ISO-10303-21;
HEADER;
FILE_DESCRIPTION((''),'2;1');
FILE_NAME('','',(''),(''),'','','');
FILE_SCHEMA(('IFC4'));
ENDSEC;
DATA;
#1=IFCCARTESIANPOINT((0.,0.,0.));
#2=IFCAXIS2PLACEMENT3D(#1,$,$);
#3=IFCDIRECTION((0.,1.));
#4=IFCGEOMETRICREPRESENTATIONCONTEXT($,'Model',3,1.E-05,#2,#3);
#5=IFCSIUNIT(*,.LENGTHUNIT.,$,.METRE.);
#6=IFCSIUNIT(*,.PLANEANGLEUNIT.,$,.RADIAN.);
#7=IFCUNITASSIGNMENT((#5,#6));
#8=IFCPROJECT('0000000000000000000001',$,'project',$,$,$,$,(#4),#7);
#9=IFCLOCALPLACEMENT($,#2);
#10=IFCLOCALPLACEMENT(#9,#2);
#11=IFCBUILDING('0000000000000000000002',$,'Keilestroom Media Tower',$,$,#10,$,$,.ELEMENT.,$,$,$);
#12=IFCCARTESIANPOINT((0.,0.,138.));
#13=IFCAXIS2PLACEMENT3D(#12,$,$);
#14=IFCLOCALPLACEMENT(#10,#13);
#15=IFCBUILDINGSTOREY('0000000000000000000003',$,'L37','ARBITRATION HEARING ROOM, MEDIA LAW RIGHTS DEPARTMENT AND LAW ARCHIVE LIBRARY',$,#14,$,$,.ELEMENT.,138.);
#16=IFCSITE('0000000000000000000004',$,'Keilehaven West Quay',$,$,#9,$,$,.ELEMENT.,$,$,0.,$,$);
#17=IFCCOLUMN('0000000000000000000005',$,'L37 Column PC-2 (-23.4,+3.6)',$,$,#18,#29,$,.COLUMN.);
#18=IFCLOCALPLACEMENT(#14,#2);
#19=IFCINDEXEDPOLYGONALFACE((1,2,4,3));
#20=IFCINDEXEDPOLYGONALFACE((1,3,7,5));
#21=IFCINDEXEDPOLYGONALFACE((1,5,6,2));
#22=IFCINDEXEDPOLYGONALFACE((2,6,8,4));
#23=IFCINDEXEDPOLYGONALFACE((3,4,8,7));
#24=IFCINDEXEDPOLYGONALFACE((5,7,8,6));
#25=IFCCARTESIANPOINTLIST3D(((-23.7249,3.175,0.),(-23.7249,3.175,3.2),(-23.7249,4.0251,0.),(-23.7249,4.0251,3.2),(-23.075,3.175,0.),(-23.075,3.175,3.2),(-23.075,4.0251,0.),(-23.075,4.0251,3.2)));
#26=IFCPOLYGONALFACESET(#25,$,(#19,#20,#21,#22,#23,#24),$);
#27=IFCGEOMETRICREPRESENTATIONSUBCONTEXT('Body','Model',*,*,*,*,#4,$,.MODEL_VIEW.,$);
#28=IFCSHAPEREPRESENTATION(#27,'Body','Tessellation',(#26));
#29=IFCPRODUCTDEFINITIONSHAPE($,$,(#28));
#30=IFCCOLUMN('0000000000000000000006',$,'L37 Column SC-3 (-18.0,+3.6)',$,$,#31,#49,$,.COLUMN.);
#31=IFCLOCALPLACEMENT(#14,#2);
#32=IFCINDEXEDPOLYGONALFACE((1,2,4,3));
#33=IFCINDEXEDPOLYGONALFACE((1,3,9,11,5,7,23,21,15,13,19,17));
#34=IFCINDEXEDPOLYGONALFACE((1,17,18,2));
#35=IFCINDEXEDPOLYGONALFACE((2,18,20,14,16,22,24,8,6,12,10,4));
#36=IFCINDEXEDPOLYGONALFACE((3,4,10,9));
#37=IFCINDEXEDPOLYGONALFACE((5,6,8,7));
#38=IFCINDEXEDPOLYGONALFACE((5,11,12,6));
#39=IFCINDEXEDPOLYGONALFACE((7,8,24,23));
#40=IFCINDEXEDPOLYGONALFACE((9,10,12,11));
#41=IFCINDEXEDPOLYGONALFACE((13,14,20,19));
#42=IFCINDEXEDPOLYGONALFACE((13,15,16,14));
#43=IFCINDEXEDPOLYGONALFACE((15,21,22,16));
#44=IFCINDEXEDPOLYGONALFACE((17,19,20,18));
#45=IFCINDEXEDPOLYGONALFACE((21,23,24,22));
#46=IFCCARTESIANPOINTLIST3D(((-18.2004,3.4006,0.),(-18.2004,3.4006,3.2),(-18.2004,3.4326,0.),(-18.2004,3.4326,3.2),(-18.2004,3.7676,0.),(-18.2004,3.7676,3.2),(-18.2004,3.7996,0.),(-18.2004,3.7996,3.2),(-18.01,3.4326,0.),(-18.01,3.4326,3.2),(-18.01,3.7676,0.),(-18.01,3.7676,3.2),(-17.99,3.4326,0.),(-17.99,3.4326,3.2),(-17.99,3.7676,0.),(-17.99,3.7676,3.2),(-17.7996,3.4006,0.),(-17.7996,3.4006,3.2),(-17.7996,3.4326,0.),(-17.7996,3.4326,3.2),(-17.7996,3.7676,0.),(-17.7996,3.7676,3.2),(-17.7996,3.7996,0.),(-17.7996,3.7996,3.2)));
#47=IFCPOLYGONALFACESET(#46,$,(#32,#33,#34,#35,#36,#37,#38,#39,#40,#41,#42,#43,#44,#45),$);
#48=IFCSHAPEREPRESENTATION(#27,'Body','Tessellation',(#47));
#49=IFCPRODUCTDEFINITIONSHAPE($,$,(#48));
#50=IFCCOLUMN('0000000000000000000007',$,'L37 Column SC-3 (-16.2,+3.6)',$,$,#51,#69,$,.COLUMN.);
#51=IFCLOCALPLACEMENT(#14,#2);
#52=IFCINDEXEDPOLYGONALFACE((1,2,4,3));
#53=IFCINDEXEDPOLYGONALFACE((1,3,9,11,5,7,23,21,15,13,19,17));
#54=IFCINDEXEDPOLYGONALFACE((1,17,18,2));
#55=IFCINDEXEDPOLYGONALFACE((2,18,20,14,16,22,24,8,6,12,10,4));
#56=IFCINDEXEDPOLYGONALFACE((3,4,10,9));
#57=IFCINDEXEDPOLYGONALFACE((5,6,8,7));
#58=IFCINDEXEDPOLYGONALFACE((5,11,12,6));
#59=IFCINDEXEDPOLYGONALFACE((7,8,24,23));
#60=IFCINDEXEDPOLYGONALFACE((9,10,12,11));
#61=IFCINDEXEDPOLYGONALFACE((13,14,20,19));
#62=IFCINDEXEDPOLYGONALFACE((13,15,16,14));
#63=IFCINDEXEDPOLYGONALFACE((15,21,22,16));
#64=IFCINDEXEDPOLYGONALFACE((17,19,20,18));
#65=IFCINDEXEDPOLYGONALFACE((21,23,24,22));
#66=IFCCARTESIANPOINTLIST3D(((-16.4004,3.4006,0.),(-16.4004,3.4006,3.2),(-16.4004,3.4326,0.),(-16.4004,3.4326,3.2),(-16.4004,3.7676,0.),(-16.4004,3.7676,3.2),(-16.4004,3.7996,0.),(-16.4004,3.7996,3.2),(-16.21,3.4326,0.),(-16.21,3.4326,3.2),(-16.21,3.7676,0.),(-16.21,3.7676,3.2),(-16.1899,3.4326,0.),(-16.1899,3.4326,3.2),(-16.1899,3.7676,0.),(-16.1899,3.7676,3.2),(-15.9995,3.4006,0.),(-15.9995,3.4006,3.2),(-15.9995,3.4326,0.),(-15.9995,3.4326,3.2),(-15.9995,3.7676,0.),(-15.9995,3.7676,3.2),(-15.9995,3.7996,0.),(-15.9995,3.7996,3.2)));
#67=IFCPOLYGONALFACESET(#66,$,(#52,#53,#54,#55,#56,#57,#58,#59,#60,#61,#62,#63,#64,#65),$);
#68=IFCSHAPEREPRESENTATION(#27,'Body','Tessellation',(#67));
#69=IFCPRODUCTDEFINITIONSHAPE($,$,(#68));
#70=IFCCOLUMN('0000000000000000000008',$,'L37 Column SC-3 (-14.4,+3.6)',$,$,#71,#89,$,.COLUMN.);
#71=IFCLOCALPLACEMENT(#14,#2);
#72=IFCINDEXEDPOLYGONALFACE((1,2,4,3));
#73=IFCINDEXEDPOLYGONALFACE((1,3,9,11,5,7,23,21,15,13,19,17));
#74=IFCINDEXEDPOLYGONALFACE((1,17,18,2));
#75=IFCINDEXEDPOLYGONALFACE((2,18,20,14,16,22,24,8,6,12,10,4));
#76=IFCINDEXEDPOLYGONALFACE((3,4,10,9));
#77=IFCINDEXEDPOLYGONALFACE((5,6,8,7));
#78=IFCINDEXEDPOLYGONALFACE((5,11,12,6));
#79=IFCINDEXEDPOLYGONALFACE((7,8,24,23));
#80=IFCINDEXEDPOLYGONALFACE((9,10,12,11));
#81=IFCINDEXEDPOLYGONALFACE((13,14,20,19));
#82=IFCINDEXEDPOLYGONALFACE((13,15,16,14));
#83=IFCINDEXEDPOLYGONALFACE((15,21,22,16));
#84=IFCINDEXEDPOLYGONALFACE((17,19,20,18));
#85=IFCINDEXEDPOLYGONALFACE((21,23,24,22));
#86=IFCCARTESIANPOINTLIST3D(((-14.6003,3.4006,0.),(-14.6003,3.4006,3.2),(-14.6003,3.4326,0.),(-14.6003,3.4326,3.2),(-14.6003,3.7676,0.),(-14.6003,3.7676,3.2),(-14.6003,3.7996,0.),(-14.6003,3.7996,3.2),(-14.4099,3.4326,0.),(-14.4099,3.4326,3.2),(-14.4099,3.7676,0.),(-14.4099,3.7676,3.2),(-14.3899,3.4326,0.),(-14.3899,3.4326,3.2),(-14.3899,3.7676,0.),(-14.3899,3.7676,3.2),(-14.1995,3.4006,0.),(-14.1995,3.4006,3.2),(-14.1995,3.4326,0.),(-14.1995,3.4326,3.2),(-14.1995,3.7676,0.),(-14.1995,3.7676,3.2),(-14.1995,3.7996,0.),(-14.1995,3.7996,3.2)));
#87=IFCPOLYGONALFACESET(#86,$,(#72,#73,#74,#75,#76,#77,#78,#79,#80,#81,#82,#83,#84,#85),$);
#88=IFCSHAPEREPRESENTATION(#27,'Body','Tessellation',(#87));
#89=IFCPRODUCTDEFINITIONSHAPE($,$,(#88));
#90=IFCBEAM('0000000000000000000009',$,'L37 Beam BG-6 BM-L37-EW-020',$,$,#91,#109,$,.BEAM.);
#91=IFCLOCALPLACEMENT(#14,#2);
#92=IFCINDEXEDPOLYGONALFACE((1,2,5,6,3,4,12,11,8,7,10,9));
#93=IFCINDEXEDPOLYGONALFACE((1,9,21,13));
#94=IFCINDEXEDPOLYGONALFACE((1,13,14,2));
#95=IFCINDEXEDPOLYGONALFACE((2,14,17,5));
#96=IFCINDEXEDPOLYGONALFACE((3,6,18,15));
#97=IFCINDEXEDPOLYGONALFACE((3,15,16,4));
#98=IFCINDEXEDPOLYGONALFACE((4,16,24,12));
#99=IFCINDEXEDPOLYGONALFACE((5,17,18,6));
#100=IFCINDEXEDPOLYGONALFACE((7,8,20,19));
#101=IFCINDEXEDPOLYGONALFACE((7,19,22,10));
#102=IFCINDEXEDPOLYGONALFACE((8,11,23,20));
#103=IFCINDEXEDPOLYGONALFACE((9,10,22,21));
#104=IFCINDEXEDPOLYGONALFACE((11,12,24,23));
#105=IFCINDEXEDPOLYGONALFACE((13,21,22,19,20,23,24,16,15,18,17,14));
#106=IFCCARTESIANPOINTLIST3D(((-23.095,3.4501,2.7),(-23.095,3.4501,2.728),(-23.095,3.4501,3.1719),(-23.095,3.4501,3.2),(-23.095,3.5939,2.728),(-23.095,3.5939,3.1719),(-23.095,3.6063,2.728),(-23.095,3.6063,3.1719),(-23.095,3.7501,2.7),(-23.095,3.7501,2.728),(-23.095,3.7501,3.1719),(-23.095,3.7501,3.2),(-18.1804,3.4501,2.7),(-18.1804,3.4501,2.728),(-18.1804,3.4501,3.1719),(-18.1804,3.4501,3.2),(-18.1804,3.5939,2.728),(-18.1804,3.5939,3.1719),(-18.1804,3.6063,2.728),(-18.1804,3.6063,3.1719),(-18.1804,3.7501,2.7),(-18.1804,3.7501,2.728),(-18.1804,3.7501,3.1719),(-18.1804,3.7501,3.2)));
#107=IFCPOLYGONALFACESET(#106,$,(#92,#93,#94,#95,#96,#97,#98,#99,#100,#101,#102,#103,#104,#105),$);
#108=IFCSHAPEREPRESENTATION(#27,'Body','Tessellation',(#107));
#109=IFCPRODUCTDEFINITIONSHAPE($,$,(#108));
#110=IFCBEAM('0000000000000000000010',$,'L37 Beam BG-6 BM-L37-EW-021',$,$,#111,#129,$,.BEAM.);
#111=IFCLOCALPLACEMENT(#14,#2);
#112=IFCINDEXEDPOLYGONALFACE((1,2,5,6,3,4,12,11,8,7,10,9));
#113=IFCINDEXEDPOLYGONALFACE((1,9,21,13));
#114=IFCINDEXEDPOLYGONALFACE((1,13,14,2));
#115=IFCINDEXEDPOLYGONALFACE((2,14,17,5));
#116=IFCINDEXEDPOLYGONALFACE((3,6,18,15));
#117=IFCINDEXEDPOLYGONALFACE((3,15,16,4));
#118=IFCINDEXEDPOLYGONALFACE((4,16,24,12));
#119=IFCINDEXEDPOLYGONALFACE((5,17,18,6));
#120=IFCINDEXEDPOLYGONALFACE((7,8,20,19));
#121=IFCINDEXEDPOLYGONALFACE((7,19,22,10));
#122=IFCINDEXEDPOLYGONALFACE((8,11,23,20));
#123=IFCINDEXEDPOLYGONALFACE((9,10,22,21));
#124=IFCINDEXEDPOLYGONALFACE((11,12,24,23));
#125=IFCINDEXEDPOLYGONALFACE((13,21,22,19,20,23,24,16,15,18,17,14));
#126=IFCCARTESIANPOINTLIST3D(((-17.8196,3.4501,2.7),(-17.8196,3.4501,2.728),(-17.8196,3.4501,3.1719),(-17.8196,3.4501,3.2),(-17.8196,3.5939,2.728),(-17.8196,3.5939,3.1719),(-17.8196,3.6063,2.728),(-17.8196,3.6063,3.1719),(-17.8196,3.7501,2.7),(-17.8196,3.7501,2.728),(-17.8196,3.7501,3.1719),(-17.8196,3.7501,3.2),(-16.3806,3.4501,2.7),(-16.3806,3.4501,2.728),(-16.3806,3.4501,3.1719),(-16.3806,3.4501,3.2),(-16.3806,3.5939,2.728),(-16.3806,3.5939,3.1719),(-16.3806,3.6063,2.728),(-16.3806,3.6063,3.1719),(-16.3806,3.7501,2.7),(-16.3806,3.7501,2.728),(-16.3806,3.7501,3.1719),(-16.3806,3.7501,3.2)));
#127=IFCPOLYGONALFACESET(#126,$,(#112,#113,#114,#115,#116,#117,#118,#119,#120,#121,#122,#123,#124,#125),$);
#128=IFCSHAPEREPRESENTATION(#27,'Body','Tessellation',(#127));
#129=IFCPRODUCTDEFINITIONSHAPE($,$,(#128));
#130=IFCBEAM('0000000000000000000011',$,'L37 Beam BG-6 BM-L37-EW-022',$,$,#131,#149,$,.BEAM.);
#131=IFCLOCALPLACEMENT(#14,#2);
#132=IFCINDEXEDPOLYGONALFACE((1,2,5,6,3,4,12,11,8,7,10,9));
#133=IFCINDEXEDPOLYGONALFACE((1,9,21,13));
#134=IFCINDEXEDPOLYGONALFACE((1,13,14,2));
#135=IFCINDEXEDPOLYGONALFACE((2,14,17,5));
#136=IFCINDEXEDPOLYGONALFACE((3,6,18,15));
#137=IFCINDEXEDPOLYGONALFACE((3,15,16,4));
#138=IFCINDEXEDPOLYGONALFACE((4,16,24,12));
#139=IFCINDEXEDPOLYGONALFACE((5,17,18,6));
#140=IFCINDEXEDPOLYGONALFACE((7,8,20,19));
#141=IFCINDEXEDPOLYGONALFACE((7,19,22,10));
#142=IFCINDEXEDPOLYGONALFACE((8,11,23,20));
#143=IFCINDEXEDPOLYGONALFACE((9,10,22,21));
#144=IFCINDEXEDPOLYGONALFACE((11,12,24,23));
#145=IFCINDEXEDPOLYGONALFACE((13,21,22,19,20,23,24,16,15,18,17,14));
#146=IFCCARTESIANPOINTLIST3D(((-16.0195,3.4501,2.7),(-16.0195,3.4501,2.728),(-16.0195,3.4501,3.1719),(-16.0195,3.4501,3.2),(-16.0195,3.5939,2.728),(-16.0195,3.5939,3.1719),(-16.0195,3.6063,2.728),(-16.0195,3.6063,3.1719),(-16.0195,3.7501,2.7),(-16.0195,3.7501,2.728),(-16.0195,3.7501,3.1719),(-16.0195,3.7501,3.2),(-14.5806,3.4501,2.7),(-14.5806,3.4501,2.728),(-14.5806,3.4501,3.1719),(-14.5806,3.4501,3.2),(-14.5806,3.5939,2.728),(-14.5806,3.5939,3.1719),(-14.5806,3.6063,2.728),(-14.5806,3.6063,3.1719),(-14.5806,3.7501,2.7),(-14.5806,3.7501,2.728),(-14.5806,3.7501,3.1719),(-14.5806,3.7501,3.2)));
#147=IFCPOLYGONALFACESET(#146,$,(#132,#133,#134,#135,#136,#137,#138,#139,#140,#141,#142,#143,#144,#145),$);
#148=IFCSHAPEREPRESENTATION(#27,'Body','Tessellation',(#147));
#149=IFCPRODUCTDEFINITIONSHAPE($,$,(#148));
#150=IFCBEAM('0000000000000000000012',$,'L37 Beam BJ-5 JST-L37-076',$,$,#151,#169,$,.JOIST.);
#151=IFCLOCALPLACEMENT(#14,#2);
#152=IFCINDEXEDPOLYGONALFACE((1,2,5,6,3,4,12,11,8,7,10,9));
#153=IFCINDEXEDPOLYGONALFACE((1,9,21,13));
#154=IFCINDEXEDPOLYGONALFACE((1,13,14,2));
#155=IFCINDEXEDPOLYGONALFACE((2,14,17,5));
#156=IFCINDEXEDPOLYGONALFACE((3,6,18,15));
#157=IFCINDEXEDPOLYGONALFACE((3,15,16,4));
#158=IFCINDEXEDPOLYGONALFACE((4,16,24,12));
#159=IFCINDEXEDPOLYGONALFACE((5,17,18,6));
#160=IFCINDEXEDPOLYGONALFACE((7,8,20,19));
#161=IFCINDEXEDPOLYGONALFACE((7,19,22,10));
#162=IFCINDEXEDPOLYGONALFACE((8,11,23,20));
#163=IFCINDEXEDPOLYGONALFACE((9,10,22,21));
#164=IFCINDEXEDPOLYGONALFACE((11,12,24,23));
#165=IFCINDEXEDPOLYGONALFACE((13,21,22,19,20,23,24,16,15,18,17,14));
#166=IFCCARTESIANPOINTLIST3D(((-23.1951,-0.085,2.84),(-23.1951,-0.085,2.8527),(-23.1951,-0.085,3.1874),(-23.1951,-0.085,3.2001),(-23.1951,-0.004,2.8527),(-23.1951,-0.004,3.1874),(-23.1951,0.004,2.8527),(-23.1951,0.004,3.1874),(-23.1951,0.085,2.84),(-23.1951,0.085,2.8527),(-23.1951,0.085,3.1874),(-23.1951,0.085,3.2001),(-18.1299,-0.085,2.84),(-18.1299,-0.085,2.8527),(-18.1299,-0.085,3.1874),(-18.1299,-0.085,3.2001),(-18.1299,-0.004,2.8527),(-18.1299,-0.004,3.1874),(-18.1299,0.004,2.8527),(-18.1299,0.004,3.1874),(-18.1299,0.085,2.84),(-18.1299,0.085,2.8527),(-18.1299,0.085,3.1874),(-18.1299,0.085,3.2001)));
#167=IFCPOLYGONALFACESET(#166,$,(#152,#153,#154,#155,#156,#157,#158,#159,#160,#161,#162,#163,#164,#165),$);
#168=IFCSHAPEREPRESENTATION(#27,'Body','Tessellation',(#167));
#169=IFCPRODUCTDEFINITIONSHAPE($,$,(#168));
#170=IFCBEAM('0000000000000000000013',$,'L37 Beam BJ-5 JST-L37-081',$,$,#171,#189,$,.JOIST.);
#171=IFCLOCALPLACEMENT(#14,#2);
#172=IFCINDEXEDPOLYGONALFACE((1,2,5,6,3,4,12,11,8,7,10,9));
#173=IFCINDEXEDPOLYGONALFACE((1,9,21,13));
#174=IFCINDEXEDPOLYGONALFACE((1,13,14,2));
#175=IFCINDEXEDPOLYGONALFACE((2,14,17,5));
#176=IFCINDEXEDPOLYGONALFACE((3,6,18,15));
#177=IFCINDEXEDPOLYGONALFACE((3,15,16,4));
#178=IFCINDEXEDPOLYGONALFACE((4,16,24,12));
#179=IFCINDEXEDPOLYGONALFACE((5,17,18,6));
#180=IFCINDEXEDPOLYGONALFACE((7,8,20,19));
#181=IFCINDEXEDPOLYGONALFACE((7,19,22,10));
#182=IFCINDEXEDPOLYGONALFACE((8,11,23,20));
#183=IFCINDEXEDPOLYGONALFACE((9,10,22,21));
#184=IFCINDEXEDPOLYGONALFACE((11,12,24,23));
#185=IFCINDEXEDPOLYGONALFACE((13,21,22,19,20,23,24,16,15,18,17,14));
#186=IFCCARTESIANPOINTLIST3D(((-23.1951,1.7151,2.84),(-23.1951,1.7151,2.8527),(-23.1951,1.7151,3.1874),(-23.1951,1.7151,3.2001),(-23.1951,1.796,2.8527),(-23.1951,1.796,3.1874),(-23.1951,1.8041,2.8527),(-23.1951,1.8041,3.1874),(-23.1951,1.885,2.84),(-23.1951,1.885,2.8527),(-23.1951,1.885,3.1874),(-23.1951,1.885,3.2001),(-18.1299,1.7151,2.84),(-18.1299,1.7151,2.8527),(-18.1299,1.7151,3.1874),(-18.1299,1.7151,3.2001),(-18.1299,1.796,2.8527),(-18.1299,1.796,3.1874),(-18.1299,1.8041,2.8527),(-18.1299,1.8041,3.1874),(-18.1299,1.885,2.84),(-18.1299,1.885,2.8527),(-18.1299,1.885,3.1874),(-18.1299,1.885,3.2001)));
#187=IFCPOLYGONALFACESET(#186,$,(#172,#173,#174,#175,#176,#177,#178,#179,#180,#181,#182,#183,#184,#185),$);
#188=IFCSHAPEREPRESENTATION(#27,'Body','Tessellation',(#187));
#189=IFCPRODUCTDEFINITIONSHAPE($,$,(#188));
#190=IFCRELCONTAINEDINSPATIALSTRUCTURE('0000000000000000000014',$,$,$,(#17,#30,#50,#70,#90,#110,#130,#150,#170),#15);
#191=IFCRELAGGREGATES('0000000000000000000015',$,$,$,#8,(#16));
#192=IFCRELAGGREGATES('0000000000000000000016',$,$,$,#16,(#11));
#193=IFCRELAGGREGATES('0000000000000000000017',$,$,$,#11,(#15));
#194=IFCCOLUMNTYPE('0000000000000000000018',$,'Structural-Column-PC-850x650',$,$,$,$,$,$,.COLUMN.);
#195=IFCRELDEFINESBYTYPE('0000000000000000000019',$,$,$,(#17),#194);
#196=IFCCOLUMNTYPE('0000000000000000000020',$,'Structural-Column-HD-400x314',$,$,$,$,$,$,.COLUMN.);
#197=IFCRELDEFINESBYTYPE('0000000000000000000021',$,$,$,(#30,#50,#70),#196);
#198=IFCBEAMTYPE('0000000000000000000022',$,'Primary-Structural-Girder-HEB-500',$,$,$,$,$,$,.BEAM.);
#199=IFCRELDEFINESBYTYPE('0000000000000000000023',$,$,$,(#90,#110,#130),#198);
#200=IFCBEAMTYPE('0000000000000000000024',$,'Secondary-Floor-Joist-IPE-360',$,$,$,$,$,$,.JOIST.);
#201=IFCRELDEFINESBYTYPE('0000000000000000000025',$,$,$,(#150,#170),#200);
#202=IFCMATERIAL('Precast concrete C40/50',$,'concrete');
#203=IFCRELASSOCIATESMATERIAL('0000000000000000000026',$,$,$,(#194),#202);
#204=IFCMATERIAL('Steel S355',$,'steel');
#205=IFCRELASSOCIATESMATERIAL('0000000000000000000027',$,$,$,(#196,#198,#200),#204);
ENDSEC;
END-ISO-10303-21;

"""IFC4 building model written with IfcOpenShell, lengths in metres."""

from ifc_helpers import new_model, si_unit, direction, frame, origin, origin_2d, place, context, subcontext, project, spatial, rectangle, i_section, extrude, source, transform, mapped, material, material_profile, profile_set, type_object, element, save


model = new_model("IFC4")

# Units and contexts
model_context = context("Model", 3, precision=1e-05, world=origin(), true_north=direction((0.0, 1.0)))
body_context = subcontext(model_context, "Body", "Model", "MODEL_VIEW")
ifc_project = project(units=[si_unit("LENGTHUNIT", "METRE"), si_unit("PLANEANGLEUNIT", "RADIAN")], contexts=[model_context])

# Site, building, storey
site_placement = place(None, origin())
site = spatial("IfcSite", under=ifc_project, at=site_placement, Name="Keilehaven West Quay", CompositionType="ELEMENT", RefElevation=0.0)
building_placement = place(site_placement, origin())
building = spatial("IfcBuilding", under=site, at=building_placement, Name="Keilestroom Media Tower", CompositionType="ELEMENT")
storey_placement = place(building_placement, frame((0.0, 0.0, 138.0)))
storey = spatial("IfcBuildingStorey", under=building, at=storey_placement, Name="L37", Description="ARBITRATION HEARING ROOM, MEDIA LAW RIGHTS DEPARTMENT AND LAW ARCHIVE LIBRARY", CompositionType="ELEMENT", Elevation=138.0)

# Columns
ifc_material_1 = material(Name="Precast concrete C40/50", Category="concrete")
ifc_material_profile_1 = material_profile(ifc_material_1, rectangle(XDim=0.6499, YDim=0.8501, at=origin_2d()), Name="PC 850x650")
ifc_profile_set_1 = profile_set([ifc_material_profile_1], Name="Precast concrete C40/50")
column_type_1 = type_object("IfcColumnType", Name="Structural-Column-PC-850x650", PredefinedType="COLUMN", material=ifc_profile_set_1)
shared_shape_1 = source(origin(), body_context, "Body", "SweptSolid", [
    extrude(rectangle(XDim=0.6499, YDim=0.8501, at=origin_2d()), origin(), (0.0, 0.0, 1.0), 3.2),
])
column_placement = place(storey_placement, frame((-23.3999, 3.6001, 0.0), z_axis=(0.0, 0.0, 1.0), x_axis=(1.0, 0.0, 0.0)))
element("IfcColumn", 1, at=column_placement, inside=storey, type_object=column_type_1, Name="L37 Column PC-2 (-23.4,+3.6)", PredefinedType="COLUMN", context=body_context, shape_type="MappedRepresentation", body=[
    mapped(shared_shape_1, transform((0.0, 0.0, 0.0), x_axis=(1.0, 0.0, 0.0), y_axis=(0.0, 1.0, 0.0), z_axis=(0.0, 0.0, 1.0), scale=1.0)),
])
ifc_material_2 = material(Name="Steel S355", Category="steel")
ifc_material_profile_2 = material_profile(ifc_material_2, i_section(OverallWidth=0.4009, OverallDepth=0.3989, WebThickness=0.02, FlangeThickness=0.032, at=origin_2d()), Name="HD 400x314")
ifc_profile_set_2 = profile_set([ifc_material_profile_2], Name="Steel S355")
column_type_2 = type_object("IfcColumnType", Name="Structural-Column-HD-400x314", PredefinedType="COLUMN", material=ifc_profile_set_2)
shared_shape_2 = source(origin(), body_context, "Body", "SweptSolid", [
    extrude(i_section(OverallWidth=0.4009, OverallDepth=0.3989, WebThickness=0.02, FlangeThickness=0.032, at=origin_2d()), origin(), (0.0, 0.0, 1.0), 3.2),
])
for number, where, z_axis, x_axis, name in (
    (2, (-18.0, 3.6001, 0.0), (0.0, 0.0, 1.0), (1.0, 0.0, 0.0), "L37 Column SC-3 (-18.0,+3.6)"),
    (3, (-16.2, 3.6001, 0.0), (0.0, 0.0, 1.0), (1.0, 0.0, 0.0), "L37 Column SC-3 (-16.2,+3.6)"),
    (4, (-14.3999, 3.6001, 0.0), (0.0, 0.0, 1.0), (1.0, 0.0, 0.0), "L37 Column SC-3 (-14.4,+3.6)"),
):
    element("IfcColumn", number, at=place(storey_placement, frame(where, z_axis=z_axis, x_axis=x_axis)), inside=storey, type_object=column_type_2, Name=name, PredefinedType="COLUMN", context=body_context, shape_type="MappedRepresentation", body=[
        mapped(shared_shape_2, transform((0.0, 0.0, 0.0), x_axis=(1.0, 0.0, 0.0), y_axis=(0.0, 1.0, 0.0), z_axis=(0.0, 0.0, 1.0), scale=1.0)),
    ])

# Beams
ifc_material_profile_3 = material_profile(ifc_material_2, i_section(OverallWidth=0.3, OverallDepth=0.5, WebThickness=0.0125, FlangeThickness=0.0281, at=origin_2d()), Name="HEB 500")
ifc_profile_set_3 = profile_set([ifc_material_profile_3], Name="Steel S355")
beam_type_1 = type_object("IfcBeamType", Name="Primary-Structural-Girder-HEB-500", PredefinedType="BEAM", material=ifc_profile_set_3)
shared_shape_3 = source(origin(), body_context, "Body", "SweptSolid", [
    extrude(i_section(OverallWidth=0.3, OverallDepth=0.5, WebThickness=0.0125, FlangeThickness=0.0281, at=origin_2d()), origin(), (0.0, 0.0, 1.0), 4.9146),
])
beam_1_placement = place(storey_placement, frame((-23.095, 3.6001, 2.95), z_axis=(1.0, 0.0, 0.0), x_axis=(0.0, 1.0, 0.0)))
element("IfcBeam", 5, at=beam_1_placement, inside=storey, type_object=beam_type_1, Name="L37 Beam BG-6 BM-L37-EW-020", PredefinedType="BEAM", context=body_context, shape_type="MappedRepresentation", body=[
    mapped(shared_shape_3, transform((0.0, 0.0, 0.0), x_axis=(1.0, 0.0, 0.0), y_axis=(0.0, 1.0, 0.0), z_axis=(0.0, 0.0, 1.0), scale=1.0)),
])
shared_shape_4 = source(origin(), body_context, "Body", "SweptSolid", [
    extrude(i_section(OverallWidth=0.3, OverallDepth=0.5, WebThickness=0.0125, FlangeThickness=0.0281, at=origin_2d()), origin(), (0.0, 0.0, 1.0), 1.439),
])
for number, where, z_axis, x_axis, name in (
    (6, (-17.8196, 3.6001, 2.95), (1.0, 0.0, 0.0), (0.0, 1.0, 0.0), "L37 Beam BG-6 BM-L37-EW-021"),
    (7, (-16.0195, 3.6001, 2.95), (1.0, 0.0, 0.0), (0.0, 1.0, 0.0), "L37 Beam BG-6 BM-L37-EW-022"),
):
    element("IfcBeam", number, at=place(storey_placement, frame(where, z_axis=z_axis, x_axis=x_axis)), inside=storey, type_object=beam_type_1, Name=name, PredefinedType="BEAM", context=body_context, shape_type="MappedRepresentation", body=[
        mapped(shared_shape_4, transform((0.0, 0.0, 0.0), x_axis=(1.0, 0.0, 0.0), y_axis=(0.0, 1.0, 0.0), z_axis=(0.0, 0.0, 1.0), scale=1.0)),
    ])
ifc_material_profile_4 = material_profile(ifc_material_2, i_section(OverallWidth=0.1699, OverallDepth=0.3601, WebThickness=0.0081, FlangeThickness=0.0127, at=origin_2d()), Name="IPE 360")
ifc_profile_set_4 = profile_set([ifc_material_profile_4], Name="Steel S355")
beam_type_2 = type_object("IfcBeamType", Name="Secondary-Floor-Joist-IPE-360", PredefinedType="JOIST", material=ifc_profile_set_4)
shared_shape_5 = source(origin(), body_context, "Body", "SweptSolid", [
    extrude(i_section(OverallWidth=0.1699, OverallDepth=0.3601, WebThickness=0.0081, FlangeThickness=0.0127, at=origin_2d()), origin(), (0.0, 0.0, 1.0), 5.0652),
])
for number, where, z_axis, x_axis, name in (
    (8, (-23.1951, 0.0, 3.02), (1.0, 0.0, 0.0), (0.0, 1.0, 0.0), "L37 Beam BJ-5 JST-L37-076"),
    (9, (-23.1951, 1.8, 3.02), (1.0, 0.0, 0.0), (0.0, 1.0, 0.0), "L37 Beam BJ-5 JST-L37-081"),
):
    element("IfcBeam", number, at=place(storey_placement, frame(where, z_axis=z_axis, x_axis=x_axis)), inside=storey, type_object=beam_type_2, Name=name, PredefinedType="JOIST", context=body_context, shape_type="MappedRepresentation", body=[
        mapped(shared_shape_5, transform((0.0, 0.0, 0.0), x_axis=(1.0, 0.0, 0.0), y_axis=(0.0, 1.0, 0.0), z_axis=(0.0, 0.0, 1.0), scale=1.0)),
    ])

save(model, "model.ifc")
